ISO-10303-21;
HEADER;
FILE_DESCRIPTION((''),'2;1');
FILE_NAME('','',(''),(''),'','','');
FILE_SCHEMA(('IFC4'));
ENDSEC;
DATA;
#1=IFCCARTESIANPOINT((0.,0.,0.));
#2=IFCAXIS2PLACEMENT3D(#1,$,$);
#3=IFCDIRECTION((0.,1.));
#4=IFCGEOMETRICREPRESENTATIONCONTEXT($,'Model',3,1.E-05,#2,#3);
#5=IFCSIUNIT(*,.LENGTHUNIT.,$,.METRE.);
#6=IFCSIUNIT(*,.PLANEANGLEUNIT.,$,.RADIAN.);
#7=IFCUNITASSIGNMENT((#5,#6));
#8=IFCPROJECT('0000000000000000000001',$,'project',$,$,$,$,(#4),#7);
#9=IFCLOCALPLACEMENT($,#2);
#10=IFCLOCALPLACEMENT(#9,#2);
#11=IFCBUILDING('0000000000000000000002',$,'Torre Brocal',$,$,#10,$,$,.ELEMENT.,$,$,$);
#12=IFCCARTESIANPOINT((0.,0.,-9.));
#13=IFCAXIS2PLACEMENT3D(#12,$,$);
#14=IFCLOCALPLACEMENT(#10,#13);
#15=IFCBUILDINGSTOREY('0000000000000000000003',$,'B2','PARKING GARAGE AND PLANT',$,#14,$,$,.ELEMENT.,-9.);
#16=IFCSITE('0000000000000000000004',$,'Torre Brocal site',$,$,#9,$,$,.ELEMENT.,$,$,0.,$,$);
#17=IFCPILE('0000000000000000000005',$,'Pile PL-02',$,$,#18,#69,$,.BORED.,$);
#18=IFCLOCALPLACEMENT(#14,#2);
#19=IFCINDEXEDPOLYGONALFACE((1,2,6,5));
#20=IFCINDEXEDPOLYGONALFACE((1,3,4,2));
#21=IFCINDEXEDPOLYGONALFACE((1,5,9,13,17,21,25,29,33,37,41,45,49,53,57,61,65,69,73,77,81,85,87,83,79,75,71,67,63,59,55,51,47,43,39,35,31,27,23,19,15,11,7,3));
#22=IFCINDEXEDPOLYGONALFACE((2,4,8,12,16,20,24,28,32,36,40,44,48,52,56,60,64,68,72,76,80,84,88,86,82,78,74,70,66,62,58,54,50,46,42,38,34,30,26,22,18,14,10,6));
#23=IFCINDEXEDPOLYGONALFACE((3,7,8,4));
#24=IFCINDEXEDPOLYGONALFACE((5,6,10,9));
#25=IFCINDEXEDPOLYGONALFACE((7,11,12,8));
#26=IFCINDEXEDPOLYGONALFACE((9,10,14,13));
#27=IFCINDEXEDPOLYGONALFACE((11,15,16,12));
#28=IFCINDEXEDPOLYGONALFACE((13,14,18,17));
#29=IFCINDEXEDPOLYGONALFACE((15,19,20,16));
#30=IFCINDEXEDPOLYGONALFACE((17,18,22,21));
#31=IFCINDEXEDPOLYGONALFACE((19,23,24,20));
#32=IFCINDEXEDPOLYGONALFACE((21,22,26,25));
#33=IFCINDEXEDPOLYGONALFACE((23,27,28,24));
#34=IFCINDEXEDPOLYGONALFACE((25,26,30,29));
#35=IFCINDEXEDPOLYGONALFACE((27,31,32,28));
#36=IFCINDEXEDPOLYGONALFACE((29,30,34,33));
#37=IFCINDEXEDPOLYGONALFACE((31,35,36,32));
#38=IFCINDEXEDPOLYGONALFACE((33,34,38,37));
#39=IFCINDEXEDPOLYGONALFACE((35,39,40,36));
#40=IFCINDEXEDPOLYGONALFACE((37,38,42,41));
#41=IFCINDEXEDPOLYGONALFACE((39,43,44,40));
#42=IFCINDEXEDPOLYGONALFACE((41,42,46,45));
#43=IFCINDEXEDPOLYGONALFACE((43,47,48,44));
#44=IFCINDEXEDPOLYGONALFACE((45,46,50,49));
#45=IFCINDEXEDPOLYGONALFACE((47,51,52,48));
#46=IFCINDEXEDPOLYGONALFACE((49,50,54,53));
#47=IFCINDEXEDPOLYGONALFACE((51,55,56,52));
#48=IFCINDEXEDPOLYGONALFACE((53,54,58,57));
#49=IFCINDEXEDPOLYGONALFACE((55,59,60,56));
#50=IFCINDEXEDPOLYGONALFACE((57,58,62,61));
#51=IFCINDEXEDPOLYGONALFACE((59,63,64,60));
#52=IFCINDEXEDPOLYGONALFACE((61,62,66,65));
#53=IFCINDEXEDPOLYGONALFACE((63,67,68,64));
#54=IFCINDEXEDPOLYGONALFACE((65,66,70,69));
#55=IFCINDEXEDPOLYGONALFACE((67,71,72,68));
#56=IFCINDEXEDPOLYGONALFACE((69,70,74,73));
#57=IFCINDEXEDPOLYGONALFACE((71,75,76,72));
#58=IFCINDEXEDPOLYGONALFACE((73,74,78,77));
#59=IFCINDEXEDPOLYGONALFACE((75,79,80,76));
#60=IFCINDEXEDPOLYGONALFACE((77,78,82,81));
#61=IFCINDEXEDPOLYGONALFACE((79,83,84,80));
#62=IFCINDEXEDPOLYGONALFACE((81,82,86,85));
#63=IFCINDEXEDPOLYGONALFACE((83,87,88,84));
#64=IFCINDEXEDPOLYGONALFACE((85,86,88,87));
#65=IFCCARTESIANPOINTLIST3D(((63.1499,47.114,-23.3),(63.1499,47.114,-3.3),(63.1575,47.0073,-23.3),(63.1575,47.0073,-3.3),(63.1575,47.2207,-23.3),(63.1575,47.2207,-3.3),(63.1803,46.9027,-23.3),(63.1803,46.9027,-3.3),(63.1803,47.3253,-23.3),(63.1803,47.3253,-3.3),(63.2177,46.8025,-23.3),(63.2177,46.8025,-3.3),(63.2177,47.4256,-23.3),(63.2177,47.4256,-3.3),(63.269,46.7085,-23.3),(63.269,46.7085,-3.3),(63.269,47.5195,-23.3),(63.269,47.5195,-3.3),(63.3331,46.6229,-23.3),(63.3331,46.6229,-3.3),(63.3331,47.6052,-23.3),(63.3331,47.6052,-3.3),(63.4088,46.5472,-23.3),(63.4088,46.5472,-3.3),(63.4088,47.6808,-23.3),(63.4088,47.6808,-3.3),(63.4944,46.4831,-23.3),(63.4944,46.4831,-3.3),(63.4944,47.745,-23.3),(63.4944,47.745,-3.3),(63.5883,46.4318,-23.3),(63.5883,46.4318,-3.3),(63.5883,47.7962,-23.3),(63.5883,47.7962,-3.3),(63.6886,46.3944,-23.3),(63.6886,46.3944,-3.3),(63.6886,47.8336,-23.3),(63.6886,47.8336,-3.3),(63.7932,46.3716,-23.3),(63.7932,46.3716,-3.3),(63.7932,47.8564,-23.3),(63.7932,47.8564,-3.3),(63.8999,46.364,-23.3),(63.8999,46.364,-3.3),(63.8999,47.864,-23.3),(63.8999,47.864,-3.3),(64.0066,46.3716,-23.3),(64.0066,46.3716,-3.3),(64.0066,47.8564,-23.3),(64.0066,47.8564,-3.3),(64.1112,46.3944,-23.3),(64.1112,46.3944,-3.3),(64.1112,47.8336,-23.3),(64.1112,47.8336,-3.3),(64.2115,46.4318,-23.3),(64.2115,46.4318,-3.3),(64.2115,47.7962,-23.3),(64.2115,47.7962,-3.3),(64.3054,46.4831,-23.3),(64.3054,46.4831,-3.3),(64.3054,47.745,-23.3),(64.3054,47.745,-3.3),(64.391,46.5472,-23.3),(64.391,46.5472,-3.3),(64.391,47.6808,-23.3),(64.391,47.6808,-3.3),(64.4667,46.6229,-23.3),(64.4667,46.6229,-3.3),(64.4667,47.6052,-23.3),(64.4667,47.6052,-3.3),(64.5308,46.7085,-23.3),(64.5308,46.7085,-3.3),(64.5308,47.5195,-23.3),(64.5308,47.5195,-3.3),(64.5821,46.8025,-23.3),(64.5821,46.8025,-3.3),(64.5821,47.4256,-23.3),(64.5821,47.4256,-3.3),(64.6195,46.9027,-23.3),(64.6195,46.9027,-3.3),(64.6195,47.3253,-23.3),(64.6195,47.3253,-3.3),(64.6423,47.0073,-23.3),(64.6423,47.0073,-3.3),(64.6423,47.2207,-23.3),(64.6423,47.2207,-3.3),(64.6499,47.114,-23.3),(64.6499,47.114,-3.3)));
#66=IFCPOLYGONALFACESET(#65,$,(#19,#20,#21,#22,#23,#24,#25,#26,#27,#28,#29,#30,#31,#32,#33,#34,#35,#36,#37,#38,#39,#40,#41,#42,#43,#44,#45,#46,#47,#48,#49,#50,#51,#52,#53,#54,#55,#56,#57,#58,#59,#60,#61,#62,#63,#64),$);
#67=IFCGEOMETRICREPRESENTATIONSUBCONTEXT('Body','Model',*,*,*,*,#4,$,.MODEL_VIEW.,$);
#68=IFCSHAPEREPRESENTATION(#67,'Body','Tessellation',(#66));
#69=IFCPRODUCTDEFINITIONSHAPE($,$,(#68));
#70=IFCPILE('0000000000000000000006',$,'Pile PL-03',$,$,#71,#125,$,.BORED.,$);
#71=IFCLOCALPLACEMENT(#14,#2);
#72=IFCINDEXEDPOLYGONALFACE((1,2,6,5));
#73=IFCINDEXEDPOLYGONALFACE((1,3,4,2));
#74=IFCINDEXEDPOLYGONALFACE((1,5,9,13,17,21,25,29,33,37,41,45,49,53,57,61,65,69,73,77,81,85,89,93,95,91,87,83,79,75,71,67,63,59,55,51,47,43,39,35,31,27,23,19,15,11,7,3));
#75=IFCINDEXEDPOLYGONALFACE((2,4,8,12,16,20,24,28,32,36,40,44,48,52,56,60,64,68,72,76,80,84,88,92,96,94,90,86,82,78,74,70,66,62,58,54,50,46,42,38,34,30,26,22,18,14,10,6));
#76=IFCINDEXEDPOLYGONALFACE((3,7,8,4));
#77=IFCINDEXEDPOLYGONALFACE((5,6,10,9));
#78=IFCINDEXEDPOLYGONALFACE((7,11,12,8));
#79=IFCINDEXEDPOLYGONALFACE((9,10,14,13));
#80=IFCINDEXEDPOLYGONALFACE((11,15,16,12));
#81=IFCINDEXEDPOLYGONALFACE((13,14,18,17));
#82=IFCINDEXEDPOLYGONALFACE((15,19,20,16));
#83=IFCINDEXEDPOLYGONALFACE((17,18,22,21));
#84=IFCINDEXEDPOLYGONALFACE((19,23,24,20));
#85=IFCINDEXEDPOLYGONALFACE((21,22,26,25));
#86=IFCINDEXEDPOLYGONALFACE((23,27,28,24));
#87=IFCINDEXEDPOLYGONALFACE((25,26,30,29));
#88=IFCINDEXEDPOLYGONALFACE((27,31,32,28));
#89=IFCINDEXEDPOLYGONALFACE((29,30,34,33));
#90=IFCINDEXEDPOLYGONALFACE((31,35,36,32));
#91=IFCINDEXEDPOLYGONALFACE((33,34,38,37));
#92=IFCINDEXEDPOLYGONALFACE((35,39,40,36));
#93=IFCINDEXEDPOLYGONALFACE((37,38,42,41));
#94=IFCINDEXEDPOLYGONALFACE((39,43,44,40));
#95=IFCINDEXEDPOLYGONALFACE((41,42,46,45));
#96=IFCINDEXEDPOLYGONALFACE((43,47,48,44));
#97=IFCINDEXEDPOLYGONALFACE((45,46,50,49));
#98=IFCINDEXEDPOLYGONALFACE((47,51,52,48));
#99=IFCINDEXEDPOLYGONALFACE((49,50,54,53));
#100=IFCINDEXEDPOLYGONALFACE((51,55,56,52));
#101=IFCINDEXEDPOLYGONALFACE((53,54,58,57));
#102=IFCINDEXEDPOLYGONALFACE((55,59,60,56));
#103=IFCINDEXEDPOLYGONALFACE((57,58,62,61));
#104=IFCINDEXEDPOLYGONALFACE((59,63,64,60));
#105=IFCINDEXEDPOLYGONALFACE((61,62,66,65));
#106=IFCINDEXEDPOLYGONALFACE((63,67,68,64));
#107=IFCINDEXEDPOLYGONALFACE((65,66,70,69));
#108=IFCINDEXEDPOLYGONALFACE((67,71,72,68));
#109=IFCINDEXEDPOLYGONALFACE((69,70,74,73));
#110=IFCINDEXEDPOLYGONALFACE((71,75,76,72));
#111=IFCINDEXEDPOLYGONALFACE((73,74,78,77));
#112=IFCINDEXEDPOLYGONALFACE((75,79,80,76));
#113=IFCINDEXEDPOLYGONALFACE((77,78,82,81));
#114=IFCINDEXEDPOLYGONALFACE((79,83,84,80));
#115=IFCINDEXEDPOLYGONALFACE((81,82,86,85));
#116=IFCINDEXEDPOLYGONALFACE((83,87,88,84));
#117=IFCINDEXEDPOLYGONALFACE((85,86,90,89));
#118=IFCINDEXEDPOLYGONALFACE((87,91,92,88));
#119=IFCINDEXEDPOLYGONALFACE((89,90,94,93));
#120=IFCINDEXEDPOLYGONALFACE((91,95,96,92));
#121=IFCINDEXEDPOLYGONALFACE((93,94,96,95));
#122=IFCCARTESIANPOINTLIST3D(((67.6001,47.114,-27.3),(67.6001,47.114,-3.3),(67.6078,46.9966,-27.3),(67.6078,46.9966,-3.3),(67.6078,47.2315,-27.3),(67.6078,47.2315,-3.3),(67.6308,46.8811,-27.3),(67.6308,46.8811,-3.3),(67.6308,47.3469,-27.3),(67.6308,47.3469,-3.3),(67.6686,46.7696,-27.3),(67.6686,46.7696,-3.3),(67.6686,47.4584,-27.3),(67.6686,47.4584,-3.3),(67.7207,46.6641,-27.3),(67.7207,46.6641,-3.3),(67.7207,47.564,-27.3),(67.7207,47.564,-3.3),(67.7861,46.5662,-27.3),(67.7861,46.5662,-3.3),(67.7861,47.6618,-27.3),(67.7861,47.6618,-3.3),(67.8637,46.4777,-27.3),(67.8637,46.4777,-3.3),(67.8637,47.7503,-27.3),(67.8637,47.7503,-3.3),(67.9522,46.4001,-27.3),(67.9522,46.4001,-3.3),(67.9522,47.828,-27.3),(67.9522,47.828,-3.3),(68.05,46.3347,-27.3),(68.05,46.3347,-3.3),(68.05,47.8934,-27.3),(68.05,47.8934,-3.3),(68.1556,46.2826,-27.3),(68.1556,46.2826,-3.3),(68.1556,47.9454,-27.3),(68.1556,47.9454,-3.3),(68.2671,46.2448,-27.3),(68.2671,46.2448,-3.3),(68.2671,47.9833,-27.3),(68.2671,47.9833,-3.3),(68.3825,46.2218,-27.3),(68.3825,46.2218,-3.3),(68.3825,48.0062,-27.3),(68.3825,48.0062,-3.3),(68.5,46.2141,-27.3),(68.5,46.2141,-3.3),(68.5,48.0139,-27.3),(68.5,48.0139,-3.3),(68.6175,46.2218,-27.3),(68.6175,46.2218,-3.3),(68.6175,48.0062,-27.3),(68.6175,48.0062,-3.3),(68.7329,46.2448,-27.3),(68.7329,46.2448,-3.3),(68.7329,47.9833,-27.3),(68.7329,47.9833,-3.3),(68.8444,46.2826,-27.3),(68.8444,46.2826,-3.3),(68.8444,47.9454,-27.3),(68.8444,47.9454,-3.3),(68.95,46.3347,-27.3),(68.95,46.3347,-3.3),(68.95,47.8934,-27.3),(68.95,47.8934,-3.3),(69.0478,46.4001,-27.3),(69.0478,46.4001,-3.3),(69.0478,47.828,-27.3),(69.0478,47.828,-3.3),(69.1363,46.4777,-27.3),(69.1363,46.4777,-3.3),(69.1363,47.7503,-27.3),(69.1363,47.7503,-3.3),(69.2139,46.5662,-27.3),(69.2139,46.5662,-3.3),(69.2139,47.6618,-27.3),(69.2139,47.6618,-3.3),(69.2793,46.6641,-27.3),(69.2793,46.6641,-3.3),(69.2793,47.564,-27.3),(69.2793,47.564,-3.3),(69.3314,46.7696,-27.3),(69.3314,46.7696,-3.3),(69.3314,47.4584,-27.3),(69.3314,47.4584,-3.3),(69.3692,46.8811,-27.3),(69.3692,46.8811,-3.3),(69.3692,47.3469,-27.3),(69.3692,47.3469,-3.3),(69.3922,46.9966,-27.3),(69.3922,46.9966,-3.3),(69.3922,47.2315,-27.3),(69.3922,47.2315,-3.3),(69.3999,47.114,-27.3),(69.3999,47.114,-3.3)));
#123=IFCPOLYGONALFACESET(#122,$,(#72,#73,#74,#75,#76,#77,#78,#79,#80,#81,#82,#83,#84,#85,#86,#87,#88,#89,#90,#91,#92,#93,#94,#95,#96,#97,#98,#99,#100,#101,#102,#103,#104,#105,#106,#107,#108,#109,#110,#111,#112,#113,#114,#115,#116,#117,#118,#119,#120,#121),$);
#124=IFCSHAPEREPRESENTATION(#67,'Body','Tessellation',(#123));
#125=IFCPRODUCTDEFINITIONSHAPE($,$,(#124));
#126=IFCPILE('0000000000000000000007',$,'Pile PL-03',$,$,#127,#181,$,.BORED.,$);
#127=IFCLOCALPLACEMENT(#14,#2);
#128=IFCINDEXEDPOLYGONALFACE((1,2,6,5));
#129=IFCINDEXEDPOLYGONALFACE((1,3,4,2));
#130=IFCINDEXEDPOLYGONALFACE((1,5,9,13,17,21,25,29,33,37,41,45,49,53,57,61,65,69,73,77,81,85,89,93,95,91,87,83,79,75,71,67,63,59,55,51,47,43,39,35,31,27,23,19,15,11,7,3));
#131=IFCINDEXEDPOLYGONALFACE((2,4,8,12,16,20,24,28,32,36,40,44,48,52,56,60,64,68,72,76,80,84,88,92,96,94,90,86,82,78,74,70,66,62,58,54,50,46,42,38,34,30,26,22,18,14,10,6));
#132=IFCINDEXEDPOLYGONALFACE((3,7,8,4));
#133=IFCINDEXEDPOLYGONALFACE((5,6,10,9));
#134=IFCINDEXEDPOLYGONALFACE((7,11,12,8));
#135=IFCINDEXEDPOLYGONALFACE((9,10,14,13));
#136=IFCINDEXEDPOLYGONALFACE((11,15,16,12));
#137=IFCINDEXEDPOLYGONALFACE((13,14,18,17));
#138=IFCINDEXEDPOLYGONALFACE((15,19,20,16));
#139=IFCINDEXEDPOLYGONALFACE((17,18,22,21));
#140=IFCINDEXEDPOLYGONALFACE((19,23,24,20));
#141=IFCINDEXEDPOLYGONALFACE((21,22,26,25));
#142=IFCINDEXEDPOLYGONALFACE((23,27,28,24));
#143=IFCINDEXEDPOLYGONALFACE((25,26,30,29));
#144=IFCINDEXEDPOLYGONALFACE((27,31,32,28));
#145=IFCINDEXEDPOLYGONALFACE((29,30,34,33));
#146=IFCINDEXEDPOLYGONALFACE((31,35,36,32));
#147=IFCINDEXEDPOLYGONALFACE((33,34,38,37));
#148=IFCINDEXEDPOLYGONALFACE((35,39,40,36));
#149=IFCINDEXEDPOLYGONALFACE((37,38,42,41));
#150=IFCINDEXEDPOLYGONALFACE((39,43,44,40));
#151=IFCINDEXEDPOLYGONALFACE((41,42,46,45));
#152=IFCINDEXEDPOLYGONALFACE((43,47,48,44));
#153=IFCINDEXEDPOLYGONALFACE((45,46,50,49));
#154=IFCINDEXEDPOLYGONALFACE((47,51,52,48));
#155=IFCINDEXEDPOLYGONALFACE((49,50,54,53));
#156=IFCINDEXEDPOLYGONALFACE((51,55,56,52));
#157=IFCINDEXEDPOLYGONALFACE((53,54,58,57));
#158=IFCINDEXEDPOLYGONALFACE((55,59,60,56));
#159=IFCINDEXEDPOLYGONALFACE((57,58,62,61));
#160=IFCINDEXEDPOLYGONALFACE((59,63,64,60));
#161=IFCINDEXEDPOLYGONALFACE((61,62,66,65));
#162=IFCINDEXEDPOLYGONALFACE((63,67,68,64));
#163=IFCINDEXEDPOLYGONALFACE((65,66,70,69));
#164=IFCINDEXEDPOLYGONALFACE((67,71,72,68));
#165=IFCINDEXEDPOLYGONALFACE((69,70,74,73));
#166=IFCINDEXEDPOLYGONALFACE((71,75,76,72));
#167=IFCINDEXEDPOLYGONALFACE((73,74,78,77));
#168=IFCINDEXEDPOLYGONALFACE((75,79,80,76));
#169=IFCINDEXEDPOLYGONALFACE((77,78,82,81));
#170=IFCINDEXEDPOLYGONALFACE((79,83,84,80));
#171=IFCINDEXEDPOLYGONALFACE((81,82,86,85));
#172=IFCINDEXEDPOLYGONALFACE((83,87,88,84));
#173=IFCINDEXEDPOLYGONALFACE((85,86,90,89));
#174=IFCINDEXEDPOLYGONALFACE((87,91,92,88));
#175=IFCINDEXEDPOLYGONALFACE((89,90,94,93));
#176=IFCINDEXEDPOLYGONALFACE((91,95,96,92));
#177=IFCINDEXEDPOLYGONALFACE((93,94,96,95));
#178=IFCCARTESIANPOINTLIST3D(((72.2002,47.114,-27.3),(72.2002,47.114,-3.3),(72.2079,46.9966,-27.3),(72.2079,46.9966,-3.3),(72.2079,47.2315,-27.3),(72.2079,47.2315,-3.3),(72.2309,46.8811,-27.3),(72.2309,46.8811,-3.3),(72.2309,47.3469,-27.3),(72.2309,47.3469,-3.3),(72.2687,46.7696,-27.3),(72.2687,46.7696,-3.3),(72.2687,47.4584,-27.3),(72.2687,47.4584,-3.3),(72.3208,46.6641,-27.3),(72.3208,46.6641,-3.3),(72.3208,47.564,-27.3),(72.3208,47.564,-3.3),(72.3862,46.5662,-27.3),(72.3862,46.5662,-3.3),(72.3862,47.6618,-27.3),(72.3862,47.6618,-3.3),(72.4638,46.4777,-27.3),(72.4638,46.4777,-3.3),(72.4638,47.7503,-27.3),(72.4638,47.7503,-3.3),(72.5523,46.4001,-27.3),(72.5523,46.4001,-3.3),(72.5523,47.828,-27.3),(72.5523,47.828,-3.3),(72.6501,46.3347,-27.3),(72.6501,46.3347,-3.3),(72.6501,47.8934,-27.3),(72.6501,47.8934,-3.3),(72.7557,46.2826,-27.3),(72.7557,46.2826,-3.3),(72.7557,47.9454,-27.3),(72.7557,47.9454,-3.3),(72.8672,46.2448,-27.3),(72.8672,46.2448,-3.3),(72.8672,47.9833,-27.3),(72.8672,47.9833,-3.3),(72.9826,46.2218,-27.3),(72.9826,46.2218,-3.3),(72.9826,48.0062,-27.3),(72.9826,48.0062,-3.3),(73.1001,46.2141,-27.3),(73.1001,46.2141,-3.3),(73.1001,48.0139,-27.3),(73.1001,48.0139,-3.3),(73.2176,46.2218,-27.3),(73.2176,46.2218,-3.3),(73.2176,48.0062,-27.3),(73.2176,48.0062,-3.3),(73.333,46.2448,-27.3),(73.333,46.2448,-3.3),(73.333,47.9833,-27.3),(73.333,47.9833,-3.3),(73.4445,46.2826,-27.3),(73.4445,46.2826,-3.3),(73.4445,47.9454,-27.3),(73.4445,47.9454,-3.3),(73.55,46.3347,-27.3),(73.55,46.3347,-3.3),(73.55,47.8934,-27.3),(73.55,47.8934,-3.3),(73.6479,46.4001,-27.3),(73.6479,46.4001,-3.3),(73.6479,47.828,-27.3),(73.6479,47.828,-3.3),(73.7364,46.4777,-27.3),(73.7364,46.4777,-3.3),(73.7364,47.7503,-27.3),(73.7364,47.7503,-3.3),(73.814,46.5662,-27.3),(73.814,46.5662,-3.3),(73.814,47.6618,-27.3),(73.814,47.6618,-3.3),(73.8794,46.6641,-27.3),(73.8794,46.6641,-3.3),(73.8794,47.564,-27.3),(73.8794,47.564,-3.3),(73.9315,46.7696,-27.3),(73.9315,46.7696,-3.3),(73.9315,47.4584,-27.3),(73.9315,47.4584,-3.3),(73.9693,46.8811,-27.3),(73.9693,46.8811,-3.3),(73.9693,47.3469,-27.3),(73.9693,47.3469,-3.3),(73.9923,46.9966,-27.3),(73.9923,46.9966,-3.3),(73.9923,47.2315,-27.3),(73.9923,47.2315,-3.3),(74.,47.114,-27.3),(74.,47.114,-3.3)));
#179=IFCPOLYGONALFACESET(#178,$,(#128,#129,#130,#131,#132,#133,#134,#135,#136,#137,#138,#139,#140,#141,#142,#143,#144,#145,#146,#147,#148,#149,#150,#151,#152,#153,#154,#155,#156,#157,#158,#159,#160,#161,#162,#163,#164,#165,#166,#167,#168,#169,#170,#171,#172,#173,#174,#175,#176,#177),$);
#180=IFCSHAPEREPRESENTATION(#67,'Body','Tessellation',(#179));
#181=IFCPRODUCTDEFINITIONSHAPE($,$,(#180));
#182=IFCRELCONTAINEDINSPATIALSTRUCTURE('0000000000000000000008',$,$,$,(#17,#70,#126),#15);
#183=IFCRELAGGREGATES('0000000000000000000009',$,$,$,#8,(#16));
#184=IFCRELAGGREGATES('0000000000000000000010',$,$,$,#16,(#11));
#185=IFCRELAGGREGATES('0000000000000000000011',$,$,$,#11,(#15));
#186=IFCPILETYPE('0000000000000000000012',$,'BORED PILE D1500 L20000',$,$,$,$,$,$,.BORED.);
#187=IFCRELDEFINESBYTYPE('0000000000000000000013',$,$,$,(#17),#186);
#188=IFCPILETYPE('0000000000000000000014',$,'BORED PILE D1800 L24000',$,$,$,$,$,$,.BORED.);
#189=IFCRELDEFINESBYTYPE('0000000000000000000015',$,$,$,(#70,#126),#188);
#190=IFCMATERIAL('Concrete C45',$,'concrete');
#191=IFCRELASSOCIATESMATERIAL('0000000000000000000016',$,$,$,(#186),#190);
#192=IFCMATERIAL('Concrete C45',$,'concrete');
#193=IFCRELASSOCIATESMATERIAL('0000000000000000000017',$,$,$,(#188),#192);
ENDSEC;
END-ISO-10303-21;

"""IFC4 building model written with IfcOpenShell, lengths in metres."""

from ifc_helpers import new_model, si_unit, direction, frame, origin, origin_2d, place, context, subcontext, project, spatial, circle, extrude, material, material_profile, profile_set, type_object, element, save


model = new_model("IFC4")

# Units and contexts
model_context = context("Model", 3, precision=1e-05, world=origin(), true_north=direction((0.0, 1.0)))
body_context = subcontext(model_context, "Body", "Model", "MODEL_VIEW")
ifc_project = project(units=[si_unit("LENGTHUNIT", "METRE"), si_unit("PLANEANGLEUNIT", "RADIAN")], contexts=[model_context])

# Site, building, storey
site_placement = place(None, origin())
site = spatial("IfcSite", under=ifc_project, at=site_placement, Name="Torre Brocal site", CompositionType="ELEMENT", RefElevation=0.0)
building_placement = place(site_placement, origin())
building = spatial("IfcBuilding", under=site, at=building_placement, Name="Torre Brocal", CompositionType="ELEMENT")
storey_placement = place(building_placement, frame((0.0, 0.0, -9.0)))
storey = spatial("IfcBuildingStorey", under=building, at=storey_placement, Name="B2", Description="PARKING GARAGE AND PLANT", CompositionType="ELEMENT", Elevation=-9.0)

# Piles
ifc_material_1 = material(Name="Concrete C45", Category="concrete")
ifc_material_profile_1 = material_profile(ifc_material_1, circle(Radius=0.75, at=origin_2d()), Name="BORED PILE D1500")
ifc_profile_set_1 = profile_set([ifc_material_profile_1], Name="Concrete C45")
pile_type_1 = type_object("IfcPileType", Name="BORED PILE D1500 L20000", PredefinedType="BORED", material=ifc_profile_set_1)
for number, where, z_axis, x_axis, name in (
    (1, (63.8999, 47.114, -3.3), (0.0, 0.0, -1.0), (1.0, 0.0, 0.0), "Pile PL-02"),
):
    element("IfcPile", number, at=place(storey_placement, frame(where, z_axis=z_axis, x_axis=x_axis)), inside=storey, type_object=pile_type_1, Name=name, PredefinedType="BORED", context=body_context, shape_type="SweptSolid", body=[
        extrude(circle(Radius=0.75, at=origin_2d()), origin(), (0.0, 0.0, 1.0), 20.0),
    ])
ifc_material_2 = material(Name="Concrete C45", Category="concrete")
ifc_material_profile_2 = material_profile(ifc_material_2, circle(Radius=0.8999, at=origin_2d()), Name="BORED PILE D1800")
ifc_profile_set_2 = profile_set([ifc_material_profile_2], Name="Concrete C45")
pile_type_2 = type_object("IfcPileType", Name="BORED PILE D1800 L24000", PredefinedType="BORED", material=ifc_profile_set_2)
for number, where, z_axis, x_axis, name in (
    (2, (68.5, 47.114, -3.3), (0.0, 0.0, -1.0), (1.0, 0.0, 0.0), "Pile PL-03"),
    (3, (73.1001, 47.114, -3.3), (0.0, 0.0, -1.0), (1.0, 0.0, 0.0), "Pile PL-03"),
):
    element("IfcPile", number, at=place(storey_placement, frame(where, z_axis=z_axis, x_axis=x_axis)), inside=storey, type_object=pile_type_2, Name=name, PredefinedType="BORED", context=body_context, shape_type="SweptSolid", body=[
        extrude(circle(Radius=0.8999, at=origin_2d()), origin(), (0.0, 0.0, 1.0), 24.0),
    ])

save(model, "model.ifc")
